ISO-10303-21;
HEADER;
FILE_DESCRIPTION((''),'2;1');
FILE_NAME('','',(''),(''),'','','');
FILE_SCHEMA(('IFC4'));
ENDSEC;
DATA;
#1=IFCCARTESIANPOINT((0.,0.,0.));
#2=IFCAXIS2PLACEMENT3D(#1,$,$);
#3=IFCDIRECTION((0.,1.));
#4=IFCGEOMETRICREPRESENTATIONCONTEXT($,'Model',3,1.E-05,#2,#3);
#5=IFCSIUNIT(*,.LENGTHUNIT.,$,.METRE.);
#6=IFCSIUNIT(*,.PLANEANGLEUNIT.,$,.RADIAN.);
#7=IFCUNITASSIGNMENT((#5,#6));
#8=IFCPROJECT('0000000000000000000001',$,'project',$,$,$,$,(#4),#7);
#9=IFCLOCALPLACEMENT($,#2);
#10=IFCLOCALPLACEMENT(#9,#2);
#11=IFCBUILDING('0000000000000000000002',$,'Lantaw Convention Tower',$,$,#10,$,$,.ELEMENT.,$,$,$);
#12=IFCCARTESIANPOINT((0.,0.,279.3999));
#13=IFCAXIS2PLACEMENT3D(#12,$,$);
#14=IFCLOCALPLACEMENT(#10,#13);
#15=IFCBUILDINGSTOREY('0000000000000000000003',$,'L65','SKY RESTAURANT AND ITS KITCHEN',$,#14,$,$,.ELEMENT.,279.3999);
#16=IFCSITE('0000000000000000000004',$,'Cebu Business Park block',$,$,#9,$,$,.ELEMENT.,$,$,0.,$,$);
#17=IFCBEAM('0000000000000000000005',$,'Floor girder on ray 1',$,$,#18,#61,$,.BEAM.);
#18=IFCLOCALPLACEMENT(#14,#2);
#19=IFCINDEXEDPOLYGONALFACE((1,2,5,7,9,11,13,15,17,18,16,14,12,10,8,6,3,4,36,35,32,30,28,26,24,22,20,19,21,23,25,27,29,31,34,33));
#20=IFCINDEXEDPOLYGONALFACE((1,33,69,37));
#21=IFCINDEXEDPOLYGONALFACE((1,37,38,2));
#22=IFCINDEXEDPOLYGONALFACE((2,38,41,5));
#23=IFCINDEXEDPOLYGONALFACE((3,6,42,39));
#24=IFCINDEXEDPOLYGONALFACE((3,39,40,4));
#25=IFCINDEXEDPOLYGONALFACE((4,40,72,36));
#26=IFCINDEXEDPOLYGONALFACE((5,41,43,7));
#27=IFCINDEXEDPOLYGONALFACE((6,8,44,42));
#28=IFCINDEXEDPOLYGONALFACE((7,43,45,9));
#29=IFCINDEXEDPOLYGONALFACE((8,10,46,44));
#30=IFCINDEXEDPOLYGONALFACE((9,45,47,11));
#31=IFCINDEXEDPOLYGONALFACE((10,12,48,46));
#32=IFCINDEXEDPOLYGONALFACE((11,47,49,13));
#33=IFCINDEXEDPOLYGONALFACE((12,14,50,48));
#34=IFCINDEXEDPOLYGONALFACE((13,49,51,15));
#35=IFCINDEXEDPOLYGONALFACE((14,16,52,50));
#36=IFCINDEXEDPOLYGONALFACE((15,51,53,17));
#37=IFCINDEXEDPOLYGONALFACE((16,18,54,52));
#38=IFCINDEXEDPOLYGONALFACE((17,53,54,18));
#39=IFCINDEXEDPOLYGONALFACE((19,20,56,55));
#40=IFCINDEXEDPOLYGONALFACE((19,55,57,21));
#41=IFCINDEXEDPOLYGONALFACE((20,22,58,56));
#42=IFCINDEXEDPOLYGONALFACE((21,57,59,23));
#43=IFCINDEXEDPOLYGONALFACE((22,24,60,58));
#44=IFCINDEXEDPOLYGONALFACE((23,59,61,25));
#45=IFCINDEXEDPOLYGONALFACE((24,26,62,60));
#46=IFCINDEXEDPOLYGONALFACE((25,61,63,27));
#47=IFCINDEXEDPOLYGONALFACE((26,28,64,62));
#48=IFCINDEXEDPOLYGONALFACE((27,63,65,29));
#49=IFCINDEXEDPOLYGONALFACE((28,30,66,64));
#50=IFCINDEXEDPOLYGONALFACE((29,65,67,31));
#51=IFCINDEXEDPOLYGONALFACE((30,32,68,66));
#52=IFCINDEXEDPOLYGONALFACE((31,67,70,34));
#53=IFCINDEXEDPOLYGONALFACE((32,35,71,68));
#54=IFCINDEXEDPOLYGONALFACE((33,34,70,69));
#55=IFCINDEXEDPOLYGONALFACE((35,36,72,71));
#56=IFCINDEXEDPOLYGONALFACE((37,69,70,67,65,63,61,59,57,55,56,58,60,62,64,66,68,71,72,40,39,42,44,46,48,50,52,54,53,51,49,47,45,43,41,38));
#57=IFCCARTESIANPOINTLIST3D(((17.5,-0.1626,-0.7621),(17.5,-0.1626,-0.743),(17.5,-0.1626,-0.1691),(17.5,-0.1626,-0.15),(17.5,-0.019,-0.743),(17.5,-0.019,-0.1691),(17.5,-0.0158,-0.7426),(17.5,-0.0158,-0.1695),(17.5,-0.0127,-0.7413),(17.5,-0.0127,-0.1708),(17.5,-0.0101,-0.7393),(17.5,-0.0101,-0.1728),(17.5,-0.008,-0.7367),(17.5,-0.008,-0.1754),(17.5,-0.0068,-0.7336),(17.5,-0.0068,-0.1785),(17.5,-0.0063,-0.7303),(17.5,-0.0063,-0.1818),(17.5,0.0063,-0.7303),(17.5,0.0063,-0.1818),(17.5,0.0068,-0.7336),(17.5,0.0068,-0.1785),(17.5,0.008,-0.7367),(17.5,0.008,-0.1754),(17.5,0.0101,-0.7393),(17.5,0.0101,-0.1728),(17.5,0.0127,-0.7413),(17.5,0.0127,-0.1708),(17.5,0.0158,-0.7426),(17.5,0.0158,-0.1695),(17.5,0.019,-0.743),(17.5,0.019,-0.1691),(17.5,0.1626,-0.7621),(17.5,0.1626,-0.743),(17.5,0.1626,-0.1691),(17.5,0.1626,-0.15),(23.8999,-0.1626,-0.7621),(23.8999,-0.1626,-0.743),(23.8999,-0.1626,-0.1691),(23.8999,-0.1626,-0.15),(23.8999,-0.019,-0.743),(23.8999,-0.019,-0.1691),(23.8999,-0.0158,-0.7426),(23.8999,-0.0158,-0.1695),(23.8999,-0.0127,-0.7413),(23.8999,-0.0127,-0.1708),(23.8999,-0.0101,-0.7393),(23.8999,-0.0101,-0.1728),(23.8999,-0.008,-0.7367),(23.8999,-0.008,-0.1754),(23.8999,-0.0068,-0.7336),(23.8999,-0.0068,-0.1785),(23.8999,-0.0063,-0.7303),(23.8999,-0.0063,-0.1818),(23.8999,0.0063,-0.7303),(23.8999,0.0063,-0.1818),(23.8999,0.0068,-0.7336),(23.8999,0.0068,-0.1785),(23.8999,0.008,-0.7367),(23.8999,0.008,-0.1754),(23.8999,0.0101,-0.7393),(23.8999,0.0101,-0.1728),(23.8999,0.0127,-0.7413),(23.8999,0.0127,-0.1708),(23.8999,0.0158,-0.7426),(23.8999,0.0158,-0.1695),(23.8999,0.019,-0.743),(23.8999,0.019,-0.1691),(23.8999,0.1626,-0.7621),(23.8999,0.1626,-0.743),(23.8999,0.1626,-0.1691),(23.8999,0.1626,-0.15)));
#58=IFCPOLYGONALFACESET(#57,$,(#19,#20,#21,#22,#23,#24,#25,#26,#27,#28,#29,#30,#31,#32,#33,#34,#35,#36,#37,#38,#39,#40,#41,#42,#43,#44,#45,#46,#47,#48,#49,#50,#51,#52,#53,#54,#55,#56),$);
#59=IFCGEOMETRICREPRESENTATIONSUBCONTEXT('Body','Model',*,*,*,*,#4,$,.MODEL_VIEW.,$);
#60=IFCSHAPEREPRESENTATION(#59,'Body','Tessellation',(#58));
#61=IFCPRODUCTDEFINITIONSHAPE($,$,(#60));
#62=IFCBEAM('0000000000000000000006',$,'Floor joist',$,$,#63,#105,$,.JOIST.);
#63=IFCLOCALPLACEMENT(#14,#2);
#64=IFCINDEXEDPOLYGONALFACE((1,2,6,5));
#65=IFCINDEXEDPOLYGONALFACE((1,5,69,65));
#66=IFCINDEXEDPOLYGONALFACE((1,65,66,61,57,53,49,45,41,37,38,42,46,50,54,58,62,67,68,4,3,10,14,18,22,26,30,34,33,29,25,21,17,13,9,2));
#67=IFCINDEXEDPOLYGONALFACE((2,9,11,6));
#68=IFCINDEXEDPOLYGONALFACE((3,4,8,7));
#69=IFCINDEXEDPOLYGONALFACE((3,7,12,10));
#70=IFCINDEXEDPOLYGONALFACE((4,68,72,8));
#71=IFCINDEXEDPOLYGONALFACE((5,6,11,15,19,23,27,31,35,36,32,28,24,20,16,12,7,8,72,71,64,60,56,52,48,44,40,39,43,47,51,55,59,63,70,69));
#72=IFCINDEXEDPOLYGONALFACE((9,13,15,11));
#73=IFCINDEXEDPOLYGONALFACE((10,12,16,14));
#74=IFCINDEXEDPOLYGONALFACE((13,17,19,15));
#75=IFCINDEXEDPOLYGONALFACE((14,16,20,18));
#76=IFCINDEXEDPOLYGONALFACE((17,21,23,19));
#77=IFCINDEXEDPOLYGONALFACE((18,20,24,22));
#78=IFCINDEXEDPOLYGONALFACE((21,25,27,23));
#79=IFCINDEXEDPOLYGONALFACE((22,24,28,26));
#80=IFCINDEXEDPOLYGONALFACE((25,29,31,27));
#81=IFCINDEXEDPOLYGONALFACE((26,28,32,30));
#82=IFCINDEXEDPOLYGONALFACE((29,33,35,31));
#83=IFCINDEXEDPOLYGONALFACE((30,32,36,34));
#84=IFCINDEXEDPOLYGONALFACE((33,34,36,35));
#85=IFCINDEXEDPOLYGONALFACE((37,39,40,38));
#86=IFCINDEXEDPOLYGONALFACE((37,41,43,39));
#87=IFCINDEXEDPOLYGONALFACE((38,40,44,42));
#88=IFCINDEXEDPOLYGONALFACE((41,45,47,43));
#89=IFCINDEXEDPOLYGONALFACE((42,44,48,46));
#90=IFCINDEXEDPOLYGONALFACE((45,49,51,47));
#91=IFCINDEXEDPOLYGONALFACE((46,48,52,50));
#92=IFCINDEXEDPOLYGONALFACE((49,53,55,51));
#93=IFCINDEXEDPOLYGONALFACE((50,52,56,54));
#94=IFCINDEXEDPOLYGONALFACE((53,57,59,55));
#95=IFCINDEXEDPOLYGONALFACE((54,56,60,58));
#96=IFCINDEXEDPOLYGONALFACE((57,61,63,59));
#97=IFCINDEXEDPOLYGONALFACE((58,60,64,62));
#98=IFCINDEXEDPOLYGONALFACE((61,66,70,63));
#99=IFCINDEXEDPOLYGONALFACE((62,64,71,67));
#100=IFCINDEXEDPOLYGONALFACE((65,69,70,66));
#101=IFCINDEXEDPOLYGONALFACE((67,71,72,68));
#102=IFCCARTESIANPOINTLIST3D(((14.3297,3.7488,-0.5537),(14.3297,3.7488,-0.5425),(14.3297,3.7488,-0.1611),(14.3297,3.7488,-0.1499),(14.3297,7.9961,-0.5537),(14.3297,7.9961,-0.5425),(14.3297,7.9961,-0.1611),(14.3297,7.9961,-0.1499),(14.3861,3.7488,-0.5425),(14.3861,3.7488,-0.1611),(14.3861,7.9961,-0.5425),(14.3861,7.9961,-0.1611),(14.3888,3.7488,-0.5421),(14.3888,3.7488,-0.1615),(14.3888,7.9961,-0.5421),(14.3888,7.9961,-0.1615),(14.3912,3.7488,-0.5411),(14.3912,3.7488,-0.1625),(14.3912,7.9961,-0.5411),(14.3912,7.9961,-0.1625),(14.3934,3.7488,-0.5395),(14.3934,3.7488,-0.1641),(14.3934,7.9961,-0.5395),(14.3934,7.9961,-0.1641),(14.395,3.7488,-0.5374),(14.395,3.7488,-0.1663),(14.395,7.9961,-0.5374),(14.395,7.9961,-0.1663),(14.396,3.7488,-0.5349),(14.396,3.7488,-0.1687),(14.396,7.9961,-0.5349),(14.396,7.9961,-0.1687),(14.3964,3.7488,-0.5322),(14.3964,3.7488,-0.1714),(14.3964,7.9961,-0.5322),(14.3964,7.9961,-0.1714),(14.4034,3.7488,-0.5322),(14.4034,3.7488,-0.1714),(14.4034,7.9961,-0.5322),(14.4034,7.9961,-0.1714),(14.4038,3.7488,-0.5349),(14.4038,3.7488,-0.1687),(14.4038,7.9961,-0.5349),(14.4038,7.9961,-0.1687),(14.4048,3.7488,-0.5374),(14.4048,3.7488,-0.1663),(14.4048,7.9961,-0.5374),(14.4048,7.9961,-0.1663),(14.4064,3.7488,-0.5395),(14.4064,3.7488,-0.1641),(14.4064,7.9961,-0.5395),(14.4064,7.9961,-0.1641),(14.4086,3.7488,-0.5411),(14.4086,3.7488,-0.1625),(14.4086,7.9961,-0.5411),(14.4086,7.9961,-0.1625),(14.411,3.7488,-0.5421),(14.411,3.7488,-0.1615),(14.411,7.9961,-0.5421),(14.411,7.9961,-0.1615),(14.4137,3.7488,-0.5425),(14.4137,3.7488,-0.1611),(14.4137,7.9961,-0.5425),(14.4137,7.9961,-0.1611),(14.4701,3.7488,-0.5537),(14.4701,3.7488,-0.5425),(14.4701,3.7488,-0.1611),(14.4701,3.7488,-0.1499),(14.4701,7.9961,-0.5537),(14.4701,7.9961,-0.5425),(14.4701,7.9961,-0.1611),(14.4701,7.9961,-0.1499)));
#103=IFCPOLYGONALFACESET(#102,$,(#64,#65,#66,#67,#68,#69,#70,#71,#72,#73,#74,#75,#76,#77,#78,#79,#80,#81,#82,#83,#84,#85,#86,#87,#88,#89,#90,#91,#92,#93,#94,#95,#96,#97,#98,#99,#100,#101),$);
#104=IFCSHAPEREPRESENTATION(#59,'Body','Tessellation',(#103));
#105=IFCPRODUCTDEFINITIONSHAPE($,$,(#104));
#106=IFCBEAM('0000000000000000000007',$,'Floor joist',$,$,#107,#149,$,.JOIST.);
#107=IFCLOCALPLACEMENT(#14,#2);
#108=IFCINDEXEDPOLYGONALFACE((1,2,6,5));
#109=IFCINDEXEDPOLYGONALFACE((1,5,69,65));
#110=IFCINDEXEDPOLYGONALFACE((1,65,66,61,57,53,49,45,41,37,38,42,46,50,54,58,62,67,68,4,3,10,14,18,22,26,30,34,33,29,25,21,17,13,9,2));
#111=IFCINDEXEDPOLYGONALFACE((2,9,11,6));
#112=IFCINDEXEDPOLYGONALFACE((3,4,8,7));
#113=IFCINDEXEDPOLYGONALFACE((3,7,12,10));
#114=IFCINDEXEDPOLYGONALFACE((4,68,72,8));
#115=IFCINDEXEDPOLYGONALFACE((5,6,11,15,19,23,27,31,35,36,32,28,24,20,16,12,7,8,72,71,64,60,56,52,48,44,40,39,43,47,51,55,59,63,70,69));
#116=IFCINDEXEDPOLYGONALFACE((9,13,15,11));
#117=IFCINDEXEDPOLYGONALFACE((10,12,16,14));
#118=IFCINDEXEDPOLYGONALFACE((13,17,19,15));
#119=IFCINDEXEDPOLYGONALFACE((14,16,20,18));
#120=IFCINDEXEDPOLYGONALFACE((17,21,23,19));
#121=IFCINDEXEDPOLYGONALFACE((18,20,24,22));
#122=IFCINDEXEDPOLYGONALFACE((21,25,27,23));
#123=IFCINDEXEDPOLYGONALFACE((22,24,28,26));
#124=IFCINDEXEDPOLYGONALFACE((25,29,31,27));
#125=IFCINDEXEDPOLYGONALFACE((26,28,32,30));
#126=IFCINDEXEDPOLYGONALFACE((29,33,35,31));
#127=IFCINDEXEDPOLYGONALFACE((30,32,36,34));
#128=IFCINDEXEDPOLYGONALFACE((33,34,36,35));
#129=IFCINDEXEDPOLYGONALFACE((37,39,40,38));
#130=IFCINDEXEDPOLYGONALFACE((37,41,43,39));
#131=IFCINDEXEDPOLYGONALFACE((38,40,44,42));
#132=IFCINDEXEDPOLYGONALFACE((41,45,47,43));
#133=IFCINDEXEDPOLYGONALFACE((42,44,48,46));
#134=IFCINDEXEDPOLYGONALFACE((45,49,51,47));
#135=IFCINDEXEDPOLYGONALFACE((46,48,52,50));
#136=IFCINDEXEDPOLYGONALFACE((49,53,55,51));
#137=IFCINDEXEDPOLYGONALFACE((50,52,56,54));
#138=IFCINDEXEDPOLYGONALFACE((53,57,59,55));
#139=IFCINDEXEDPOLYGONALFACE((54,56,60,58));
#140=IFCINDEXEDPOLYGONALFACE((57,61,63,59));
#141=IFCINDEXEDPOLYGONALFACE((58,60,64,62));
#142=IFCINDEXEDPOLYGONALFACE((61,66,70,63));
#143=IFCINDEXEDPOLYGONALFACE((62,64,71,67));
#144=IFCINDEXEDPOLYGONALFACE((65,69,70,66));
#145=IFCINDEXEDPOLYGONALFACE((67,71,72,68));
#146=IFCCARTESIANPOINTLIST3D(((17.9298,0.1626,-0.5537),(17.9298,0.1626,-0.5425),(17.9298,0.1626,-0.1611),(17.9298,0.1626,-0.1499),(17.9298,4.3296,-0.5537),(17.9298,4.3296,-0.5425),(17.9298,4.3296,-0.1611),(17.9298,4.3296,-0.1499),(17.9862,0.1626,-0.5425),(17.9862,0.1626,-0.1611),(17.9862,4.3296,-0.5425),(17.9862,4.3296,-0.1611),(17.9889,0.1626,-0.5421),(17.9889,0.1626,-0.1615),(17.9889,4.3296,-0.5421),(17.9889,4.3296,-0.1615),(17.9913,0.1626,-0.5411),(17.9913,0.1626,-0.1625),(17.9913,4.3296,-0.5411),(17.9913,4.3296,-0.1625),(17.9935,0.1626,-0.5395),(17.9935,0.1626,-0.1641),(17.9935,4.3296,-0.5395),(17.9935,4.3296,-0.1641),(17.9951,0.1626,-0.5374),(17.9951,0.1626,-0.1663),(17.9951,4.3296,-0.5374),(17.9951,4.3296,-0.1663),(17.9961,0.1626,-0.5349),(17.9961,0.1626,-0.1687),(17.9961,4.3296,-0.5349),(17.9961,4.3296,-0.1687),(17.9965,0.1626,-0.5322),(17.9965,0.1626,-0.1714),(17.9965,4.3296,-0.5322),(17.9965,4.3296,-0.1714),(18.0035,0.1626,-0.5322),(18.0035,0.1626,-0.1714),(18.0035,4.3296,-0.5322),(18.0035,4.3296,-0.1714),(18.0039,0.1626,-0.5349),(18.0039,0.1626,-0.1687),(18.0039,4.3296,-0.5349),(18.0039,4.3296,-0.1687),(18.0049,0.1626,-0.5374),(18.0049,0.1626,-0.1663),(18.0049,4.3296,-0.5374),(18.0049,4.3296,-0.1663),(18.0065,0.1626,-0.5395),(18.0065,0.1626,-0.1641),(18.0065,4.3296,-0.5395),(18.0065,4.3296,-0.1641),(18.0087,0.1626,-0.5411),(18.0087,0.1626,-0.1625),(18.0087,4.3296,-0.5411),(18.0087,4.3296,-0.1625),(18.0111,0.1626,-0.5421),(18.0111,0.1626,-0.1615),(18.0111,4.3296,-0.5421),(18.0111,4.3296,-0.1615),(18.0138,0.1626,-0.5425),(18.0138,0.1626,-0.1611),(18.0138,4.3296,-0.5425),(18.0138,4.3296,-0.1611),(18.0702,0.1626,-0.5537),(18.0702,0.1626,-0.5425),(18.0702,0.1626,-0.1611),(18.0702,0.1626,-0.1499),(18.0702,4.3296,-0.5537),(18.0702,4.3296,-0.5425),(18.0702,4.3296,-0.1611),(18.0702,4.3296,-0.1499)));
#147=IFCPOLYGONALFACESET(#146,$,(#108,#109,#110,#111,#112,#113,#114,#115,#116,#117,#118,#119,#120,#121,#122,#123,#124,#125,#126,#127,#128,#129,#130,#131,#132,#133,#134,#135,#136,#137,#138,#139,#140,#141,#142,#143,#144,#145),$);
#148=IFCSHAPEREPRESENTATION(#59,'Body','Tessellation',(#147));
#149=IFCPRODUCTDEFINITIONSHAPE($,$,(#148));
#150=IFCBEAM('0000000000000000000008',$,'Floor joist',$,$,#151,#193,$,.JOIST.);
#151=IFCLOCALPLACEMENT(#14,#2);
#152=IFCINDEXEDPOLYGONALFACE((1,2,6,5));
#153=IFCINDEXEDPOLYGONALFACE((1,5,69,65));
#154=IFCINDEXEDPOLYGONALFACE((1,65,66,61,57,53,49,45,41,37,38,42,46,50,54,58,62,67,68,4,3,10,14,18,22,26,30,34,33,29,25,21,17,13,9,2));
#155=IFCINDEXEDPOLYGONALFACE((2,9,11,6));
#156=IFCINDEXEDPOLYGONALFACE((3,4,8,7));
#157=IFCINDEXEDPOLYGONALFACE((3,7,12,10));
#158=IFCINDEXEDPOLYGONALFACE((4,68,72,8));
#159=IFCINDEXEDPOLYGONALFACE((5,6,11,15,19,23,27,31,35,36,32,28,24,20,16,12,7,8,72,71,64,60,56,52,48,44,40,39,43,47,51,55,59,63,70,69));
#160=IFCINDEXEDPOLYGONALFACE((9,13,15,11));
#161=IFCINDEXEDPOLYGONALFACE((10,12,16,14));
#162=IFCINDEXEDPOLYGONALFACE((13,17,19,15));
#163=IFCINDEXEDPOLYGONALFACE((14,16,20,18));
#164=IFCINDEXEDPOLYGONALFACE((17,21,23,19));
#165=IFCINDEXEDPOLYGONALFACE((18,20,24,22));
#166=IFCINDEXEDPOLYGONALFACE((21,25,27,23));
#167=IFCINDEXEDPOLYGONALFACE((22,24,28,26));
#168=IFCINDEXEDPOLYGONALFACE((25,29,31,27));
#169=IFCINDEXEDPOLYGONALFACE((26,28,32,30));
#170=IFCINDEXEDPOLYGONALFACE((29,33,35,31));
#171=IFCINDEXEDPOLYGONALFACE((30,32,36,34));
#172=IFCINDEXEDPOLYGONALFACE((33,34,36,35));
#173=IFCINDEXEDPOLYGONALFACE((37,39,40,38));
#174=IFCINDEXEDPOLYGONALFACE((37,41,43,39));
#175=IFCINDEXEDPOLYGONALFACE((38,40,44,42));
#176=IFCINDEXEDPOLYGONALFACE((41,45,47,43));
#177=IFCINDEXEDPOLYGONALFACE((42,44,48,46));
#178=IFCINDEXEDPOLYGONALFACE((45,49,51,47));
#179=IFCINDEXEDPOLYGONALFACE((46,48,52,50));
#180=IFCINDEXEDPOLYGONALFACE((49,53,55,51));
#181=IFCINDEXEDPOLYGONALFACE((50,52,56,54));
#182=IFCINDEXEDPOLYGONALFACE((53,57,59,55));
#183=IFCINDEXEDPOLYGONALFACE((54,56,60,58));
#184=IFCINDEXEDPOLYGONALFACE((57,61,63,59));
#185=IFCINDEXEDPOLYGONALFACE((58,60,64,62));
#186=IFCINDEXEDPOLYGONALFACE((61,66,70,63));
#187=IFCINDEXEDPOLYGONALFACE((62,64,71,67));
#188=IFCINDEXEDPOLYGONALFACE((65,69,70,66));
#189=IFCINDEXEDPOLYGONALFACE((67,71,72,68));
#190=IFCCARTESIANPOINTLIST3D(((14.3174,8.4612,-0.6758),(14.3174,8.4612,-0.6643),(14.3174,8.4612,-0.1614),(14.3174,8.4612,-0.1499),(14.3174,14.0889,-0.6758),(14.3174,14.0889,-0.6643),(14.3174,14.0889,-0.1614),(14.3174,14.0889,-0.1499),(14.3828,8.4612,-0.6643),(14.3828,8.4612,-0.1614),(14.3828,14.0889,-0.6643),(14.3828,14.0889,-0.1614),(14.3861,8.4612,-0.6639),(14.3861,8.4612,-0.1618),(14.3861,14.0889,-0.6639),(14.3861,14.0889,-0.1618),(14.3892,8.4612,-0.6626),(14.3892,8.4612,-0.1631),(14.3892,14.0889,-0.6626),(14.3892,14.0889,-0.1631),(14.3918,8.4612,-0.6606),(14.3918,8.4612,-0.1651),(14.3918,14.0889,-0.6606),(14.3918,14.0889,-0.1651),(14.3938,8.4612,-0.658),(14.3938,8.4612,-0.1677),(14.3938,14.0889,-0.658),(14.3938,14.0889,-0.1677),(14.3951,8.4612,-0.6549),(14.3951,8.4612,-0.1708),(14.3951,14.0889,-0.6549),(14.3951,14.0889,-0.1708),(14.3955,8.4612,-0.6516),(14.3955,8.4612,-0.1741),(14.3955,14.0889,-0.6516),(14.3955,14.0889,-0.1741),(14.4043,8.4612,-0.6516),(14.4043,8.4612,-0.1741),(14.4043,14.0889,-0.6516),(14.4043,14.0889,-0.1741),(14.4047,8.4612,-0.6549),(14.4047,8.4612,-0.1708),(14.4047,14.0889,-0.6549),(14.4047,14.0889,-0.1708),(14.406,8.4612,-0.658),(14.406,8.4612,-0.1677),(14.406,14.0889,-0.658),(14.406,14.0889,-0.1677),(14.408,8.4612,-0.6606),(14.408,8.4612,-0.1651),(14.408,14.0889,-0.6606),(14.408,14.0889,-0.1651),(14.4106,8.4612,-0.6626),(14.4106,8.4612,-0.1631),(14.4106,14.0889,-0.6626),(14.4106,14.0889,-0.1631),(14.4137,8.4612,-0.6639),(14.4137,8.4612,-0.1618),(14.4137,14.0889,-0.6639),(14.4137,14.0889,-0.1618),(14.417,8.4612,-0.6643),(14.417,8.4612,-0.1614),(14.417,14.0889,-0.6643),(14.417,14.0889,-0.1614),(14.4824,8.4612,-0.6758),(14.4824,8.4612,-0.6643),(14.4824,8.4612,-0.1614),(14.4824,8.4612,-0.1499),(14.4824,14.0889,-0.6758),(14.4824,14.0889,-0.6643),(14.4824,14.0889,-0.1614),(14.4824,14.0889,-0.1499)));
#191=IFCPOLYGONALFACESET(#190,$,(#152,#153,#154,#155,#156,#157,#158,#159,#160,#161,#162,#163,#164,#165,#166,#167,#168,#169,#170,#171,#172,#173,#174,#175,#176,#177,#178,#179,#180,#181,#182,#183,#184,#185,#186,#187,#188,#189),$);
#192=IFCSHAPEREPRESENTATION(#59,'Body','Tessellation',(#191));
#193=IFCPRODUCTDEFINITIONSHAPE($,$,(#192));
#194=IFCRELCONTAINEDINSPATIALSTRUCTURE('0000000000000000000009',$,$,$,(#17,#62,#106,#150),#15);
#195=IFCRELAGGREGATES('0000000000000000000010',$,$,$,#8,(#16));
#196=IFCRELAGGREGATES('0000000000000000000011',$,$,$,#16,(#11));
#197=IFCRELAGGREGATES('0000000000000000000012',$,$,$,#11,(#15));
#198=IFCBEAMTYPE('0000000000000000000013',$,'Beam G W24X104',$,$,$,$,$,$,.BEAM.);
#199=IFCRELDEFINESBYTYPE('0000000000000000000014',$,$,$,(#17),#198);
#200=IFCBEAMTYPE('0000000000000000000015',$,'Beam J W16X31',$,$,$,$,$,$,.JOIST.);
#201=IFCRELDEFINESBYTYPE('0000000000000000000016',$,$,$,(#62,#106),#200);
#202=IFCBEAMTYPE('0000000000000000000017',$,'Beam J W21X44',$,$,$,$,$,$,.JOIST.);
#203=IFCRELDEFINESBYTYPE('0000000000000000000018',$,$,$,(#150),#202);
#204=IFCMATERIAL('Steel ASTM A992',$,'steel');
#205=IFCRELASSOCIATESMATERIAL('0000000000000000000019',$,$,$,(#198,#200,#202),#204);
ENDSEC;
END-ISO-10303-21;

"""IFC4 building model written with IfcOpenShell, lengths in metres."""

from ifc_helpers import new_model, si_unit, direction, frame, origin, origin_2d, place, context, subcontext, project, spatial, i_section, extrude, material, material_profile, profile_set, type_object, element, save


model = new_model("IFC4")

# Units and contexts
model_context = context("Model", 3, precision=1e-05, world=origin(), true_north=direction((0.0, 1.0)))
body_context = subcontext(model_context, "Body", "Model", "MODEL_VIEW")
ifc_project = project(units=[si_unit("LENGTHUNIT", "METRE"), si_unit("PLANEANGLEUNIT", "RADIAN")], contexts=[model_context])

# Site, building, storey
site_placement = place(None, origin())
site = spatial("IfcSite", under=ifc_project, at=site_placement, Name="Cebu Business Park block", CompositionType="ELEMENT", RefElevation=0.0)
building_placement = place(site_placement, origin())
building = spatial("IfcBuilding", under=site, at=building_placement, Name="Lantaw Convention Tower", CompositionType="ELEMENT")
storey_placement = place(building_placement, frame((0.0, 0.0, 279.3999)))
storey = spatial("IfcBuildingStorey", under=building, at=storey_placement, Name="L65", Description="SKY RESTAURANT AND ITS KITCHEN", CompositionType="ELEMENT", Elevation=279.3999)

# Beams
ifc_material_1 = material(Name="Steel ASTM A992", Category="steel")
ifc_material_profile_1 = material_profile(ifc_material_1, i_section(OverallWidth=0.3252, OverallDepth=0.6121, WebThickness=0.0127, FlangeThickness=0.019, FilletRadius=0.0127, at=origin_2d()), Name="W24X104")
ifc_profile_set_1 = profile_set([ifc_material_profile_1], Name="Steel ASTM A992")
beam_type_1 = type_object("IfcBeamType", Name="Beam G W24X104", PredefinedType="BEAM", material=ifc_profile_set_1)
beam_1_placement = place(storey_placement, frame((17.5, 0.0, -0.4561), z_axis=(1.0, 0.0, 0.0), x_axis=(0.0, 1.0, 0.0)))
element("IfcBeam", 1, at=beam_1_placement, inside=storey, type_object=beam_type_1, Name="Floor girder on ray 1", PredefinedType="BEAM", context=body_context, shape_type="SweptSolid", body=[
    extrude(i_section(OverallWidth=0.3252, OverallDepth=0.6121, WebThickness=0.0127, FlangeThickness=0.019, FilletRadius=0.0127, at=origin_2d()), origin(), (0.0, 0.0, 1.0), 6.3999),
])
ifc_material_profile_2 = material_profile(ifc_material_1, i_section(OverallWidth=0.1404, OverallDepth=0.4038, WebThickness=0.0071, FlangeThickness=0.0112, FilletRadius=0.0103, at=origin_2d()), Name="W16X31")
ifc_profile_set_2 = profile_set([ifc_material_profile_2], Name="Steel ASTM A992")
beam_type_2 = type_object("IfcBeamType", Name="Beam J W16X31", PredefinedType="JOIST", material=ifc_profile_set_2)
beam_2_placement = place(storey_placement, frame((14.3999, 3.7488, -0.3518), z_axis=(0.0, 1.0, 0.0), x_axis=(-1.0, 0.0, 0.0)))
element("IfcBeam", 2, at=beam_2_placement, inside=storey, type_object=beam_type_2, Name="Floor joist", PredefinedType="JOIST", context=body_context, shape_type="SweptSolid", body=[
    extrude(i_section(OverallWidth=0.1404, OverallDepth=0.4038, WebThickness=0.0071, FlangeThickness=0.0112, FilletRadius=0.0103, at=origin_2d()), origin(), (0.0, 0.0, 1.0), 4.2473),
])
beam_3_placement = place(storey_placement, frame((18.0, 0.1626, -0.3518), z_axis=(0.0, 1.0, 0.0), x_axis=(-1.0, 0.0, 0.0)))
element("IfcBeam", 3, at=beam_3_placement, inside=storey, type_object=beam_type_2, Name="Floor joist", PredefinedType="JOIST", context=body_context, shape_type="SweptSolid", body=[
    extrude(i_section(OverallWidth=0.1404, OverallDepth=0.4038, WebThickness=0.0071, FlangeThickness=0.0112, FilletRadius=0.0103, at=origin_2d()), origin(), (0.0, 0.0, 1.0), 4.167),
])
ifc_material_profile_3 = material_profile(ifc_material_1, i_section(OverallWidth=0.165, OverallDepth=0.5259, WebThickness=0.0088, FlangeThickness=0.0115, FilletRadius=0.0127, at=origin_2d()), Name="W21X44")
ifc_profile_set_3 = profile_set([ifc_material_profile_3], Name="Steel ASTM A992")
beam_type_3 = type_object("IfcBeamType", Name="Beam J W21X44", PredefinedType="JOIST", material=ifc_profile_set_3)
beam_4_placement = place(storey_placement, frame((14.3999, 8.4612, -0.4128), z_axis=(0.0, 1.0, 0.0), x_axis=(-1.0, 0.0, 0.0)))
element("IfcBeam", 4, at=beam_4_placement, inside=storey, type_object=beam_type_3, Name="Floor joist", PredefinedType="JOIST", context=body_context, shape_type="SweptSolid", body=[
    extrude(i_section(OverallWidth=0.165, OverallDepth=0.5259, WebThickness=0.0088, FlangeThickness=0.0115, FilletRadius=0.0127, at=origin_2d()), origin(), (0.0, 0.0, 1.0), 5.6277),
])

save(model, "model.ifc")
